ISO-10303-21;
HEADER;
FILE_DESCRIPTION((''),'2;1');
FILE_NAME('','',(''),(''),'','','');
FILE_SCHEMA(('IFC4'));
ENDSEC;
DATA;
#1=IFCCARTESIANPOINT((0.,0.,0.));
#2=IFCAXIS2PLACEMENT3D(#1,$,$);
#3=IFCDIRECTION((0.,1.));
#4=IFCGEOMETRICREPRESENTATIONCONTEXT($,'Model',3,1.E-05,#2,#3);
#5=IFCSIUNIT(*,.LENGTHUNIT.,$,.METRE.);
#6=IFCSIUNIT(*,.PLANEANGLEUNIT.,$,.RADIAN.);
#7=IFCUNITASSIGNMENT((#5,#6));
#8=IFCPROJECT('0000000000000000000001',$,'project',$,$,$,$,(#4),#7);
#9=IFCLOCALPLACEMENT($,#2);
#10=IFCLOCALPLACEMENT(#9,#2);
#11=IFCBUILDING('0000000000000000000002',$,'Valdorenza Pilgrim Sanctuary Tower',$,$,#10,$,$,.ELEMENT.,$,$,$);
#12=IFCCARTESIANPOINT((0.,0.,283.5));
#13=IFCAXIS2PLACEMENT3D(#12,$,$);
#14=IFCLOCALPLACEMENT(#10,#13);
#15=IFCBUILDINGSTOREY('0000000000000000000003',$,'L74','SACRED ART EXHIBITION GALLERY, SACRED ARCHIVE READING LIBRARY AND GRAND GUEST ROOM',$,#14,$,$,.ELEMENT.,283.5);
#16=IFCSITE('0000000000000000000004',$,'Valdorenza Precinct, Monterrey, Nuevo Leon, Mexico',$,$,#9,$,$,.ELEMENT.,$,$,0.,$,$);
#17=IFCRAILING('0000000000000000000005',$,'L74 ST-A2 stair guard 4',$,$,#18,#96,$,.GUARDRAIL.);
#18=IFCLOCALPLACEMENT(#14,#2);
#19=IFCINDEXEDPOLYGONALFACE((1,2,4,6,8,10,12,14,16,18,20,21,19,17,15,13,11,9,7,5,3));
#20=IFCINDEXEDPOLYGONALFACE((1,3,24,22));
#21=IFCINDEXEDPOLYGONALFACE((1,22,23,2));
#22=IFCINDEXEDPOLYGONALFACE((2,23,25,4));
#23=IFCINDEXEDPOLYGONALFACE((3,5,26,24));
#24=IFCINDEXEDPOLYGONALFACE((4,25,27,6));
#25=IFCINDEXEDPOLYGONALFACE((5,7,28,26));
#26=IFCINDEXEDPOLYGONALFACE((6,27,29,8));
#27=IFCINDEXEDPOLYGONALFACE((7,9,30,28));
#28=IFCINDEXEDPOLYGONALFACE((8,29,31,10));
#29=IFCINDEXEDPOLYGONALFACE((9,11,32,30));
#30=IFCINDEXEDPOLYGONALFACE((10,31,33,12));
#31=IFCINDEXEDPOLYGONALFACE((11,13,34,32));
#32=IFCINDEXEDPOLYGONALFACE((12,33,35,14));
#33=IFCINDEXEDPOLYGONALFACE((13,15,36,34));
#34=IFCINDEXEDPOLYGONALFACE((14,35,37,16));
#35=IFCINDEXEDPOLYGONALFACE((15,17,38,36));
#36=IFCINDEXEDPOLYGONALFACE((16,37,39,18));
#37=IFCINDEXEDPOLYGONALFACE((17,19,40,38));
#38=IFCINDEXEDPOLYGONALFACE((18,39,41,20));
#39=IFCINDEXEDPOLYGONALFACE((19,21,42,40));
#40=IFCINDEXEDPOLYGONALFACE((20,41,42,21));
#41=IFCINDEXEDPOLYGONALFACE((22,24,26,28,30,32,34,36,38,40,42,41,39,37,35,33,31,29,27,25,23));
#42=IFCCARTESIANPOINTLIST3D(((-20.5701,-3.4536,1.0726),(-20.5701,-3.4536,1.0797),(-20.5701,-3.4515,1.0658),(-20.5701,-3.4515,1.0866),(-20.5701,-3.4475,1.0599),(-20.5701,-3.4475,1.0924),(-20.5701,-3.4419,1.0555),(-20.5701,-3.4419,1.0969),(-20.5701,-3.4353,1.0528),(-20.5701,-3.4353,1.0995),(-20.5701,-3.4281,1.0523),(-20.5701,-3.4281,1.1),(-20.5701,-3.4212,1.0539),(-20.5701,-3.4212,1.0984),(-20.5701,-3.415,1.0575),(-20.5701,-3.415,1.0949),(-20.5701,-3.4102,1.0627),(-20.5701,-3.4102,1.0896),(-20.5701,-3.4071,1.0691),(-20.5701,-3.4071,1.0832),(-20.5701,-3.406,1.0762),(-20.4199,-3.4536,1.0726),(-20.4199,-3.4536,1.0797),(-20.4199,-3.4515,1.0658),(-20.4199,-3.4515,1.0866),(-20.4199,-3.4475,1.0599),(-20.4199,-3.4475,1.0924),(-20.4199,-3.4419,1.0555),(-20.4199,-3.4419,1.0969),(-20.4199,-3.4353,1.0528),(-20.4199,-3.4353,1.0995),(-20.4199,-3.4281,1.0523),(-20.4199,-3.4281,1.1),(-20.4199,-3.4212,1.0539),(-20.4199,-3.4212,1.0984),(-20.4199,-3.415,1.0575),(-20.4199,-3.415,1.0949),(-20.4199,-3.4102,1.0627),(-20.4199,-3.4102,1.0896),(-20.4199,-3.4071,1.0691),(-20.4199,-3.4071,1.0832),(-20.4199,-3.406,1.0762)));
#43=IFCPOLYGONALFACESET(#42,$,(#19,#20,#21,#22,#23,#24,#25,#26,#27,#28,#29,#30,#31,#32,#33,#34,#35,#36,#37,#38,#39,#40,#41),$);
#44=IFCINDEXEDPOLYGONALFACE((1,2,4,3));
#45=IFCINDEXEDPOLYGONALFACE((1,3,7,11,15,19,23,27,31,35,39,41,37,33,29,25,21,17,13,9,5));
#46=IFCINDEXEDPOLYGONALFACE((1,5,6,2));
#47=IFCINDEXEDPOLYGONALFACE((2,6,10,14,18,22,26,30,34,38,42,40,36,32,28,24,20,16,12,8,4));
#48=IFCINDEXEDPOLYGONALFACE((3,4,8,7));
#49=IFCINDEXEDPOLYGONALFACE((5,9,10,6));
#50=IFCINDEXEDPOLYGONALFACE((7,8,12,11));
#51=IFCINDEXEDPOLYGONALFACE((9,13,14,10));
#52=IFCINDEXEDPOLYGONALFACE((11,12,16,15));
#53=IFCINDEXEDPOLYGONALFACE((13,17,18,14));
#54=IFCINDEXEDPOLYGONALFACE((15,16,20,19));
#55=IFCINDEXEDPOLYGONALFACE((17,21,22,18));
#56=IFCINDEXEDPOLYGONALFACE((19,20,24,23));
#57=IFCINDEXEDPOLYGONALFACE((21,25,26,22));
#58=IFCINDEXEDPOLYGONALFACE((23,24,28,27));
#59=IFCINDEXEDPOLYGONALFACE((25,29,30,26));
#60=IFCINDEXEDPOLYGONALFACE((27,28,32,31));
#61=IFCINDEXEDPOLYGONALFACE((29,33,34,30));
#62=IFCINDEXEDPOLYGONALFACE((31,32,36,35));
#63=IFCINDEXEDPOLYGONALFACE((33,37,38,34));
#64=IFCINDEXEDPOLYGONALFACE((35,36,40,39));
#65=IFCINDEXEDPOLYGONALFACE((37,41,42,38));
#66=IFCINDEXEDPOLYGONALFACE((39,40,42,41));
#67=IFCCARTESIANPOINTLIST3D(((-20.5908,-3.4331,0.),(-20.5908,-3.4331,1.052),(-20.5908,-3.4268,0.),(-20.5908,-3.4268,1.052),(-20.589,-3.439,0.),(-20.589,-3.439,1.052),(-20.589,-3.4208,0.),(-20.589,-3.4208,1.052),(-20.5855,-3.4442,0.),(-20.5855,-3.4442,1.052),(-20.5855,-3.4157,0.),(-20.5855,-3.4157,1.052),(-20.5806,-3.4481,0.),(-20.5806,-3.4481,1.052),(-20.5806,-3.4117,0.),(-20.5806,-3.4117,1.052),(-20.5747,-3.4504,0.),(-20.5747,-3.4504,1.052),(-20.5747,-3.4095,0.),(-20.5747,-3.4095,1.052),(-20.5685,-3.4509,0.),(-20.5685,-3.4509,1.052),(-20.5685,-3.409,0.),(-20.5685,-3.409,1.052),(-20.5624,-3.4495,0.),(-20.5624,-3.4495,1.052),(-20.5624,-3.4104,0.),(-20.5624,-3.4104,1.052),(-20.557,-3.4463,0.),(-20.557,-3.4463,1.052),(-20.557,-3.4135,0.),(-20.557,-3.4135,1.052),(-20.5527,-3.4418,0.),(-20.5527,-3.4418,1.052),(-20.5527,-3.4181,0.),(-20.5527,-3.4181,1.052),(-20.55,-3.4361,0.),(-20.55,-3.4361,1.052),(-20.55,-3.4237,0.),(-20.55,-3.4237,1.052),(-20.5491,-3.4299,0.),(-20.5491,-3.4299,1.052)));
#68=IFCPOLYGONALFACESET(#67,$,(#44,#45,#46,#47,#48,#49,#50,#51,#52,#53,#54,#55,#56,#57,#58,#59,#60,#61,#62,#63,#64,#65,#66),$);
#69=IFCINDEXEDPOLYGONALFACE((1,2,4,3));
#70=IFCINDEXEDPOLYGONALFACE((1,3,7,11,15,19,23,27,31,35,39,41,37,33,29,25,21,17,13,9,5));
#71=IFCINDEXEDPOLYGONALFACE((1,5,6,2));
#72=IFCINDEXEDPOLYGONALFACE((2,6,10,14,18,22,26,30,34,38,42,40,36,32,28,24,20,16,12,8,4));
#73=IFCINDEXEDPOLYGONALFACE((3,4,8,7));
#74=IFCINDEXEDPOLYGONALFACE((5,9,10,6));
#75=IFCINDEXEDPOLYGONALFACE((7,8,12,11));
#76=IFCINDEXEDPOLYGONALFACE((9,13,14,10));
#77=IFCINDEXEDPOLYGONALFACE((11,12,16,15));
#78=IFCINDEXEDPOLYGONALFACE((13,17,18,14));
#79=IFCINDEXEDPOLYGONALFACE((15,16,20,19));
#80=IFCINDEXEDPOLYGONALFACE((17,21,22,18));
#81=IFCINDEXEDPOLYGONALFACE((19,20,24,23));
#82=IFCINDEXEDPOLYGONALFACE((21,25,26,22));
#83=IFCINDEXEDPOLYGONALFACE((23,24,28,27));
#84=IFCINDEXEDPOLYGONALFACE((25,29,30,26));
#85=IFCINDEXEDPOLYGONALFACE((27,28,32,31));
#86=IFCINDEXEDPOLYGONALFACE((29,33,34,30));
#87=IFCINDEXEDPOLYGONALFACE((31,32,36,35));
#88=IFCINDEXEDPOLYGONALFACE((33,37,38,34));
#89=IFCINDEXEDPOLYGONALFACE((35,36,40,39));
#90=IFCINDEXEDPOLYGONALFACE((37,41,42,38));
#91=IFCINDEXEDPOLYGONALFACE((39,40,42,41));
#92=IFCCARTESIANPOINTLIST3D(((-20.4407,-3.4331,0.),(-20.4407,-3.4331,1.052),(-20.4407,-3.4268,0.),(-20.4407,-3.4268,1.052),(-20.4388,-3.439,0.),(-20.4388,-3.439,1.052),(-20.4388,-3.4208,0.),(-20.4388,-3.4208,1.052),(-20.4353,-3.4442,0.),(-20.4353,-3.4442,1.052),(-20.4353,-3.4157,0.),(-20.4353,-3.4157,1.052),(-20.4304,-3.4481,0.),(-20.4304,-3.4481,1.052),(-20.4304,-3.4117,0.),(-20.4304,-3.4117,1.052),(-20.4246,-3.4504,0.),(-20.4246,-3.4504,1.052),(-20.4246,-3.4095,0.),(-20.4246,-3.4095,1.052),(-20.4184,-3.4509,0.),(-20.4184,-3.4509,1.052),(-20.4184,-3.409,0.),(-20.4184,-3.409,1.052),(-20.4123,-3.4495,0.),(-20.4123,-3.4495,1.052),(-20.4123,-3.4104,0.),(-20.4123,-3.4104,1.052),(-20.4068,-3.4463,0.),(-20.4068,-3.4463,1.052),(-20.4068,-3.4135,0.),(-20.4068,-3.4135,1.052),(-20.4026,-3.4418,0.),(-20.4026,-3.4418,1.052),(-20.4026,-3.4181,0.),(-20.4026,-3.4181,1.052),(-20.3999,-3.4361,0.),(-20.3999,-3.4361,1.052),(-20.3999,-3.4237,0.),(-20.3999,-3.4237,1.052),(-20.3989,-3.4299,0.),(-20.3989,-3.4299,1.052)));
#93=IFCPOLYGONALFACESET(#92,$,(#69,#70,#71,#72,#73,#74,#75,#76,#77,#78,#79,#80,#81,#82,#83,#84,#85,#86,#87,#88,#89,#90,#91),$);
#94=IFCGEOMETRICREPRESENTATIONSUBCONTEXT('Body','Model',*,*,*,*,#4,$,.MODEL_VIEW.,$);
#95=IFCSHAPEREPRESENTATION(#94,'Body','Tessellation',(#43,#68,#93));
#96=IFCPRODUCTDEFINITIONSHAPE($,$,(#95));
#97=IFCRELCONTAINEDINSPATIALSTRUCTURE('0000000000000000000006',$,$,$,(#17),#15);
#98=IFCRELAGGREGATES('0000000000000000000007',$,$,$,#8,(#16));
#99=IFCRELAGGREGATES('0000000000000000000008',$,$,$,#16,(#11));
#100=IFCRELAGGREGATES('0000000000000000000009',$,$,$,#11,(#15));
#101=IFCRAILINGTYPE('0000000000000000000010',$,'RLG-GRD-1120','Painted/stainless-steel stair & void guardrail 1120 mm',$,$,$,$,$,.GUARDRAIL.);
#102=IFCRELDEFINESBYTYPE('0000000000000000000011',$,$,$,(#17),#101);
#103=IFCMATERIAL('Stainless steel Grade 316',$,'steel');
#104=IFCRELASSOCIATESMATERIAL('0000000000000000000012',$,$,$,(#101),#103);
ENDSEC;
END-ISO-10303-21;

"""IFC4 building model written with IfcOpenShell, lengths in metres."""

from ifc_helpers import new_model, si_unit, direction, frame, origin, origin_2d, place, context, subcontext, project, spatial, circle, extrude, material, type_object, element, save


model = new_model("IFC4")

# Units and contexts
model_context = context("Model", 3, precision=1e-05, world=origin(), true_north=direction((0.0, 1.0)))
body_context = subcontext(model_context, "Body", "Model", "MODEL_VIEW")
ifc_project = project(units=[si_unit("LENGTHUNIT", "METRE"), si_unit("PLANEANGLEUNIT", "RADIAN")], contexts=[model_context])

# Site, building, storey
site_placement = place(None, origin())
site = spatial("IfcSite", under=ifc_project, at=site_placement, Name="Valdorenza Precinct, Monterrey, Nuevo Leon, Mexico", CompositionType="ELEMENT", RefElevation=0.0)
building_placement = place(site_placement, origin())
building = spatial("IfcBuilding", under=site, at=building_placement, Name="Valdorenza Pilgrim Sanctuary Tower", CompositionType="ELEMENT")
storey_placement = place(building_placement, frame((0.0, 0.0, 283.5)))
storey = spatial("IfcBuildingStorey", under=building, at=storey_placement, Name="L74", Description="SACRED ART EXHIBITION GALLERY, SACRED ARCHIVE READING LIBRARY AND GRAND GUEST ROOM", CompositionType="ELEMENT", Elevation=283.5)

# Railing
ifc_material_1 = material(Name="Stainless steel Grade 316", Category="steel")
railing_type_1 = type_object("IfcRailingType", Name="RLG-GRD-1120", Description="Painted/stainless-steel stair & void guardrail 1120 mm", PredefinedType="GUARDRAIL", material=ifc_material_1)
railing_1_placement = place(storey_placement, frame((-20.5701, -3.4299, 0.0)))
element("IfcRailing", 1, at=railing_1_placement, inside=storey, type_object=railing_type_1, Name="L74 ST-A2 stair guard 4", PredefinedType="GUARDRAIL", context=body_context, shape_type="SweptSolid", body=[
    extrude(circle(Radius=0.0239, at=origin_2d()), frame((0.0, 0.0, 1.0762), z_axis=(1.0, 0.0, 0.0), x_axis=(0.0, 1.0, 0.0)), (0.0, 0.0, 1.0), 0.1501),
    extrude(circle(Radius=0.021, at=origin_2d()), origin(), (0.0, 0.0, 1.0), 1.052),
    extrude(circle(Radius=0.021, at=origin_2d()), frame((0.1501, 0.0, 0.0)), (0.0, 0.0, 1.0), 1.052),
])

save(model, "model.ifc")
